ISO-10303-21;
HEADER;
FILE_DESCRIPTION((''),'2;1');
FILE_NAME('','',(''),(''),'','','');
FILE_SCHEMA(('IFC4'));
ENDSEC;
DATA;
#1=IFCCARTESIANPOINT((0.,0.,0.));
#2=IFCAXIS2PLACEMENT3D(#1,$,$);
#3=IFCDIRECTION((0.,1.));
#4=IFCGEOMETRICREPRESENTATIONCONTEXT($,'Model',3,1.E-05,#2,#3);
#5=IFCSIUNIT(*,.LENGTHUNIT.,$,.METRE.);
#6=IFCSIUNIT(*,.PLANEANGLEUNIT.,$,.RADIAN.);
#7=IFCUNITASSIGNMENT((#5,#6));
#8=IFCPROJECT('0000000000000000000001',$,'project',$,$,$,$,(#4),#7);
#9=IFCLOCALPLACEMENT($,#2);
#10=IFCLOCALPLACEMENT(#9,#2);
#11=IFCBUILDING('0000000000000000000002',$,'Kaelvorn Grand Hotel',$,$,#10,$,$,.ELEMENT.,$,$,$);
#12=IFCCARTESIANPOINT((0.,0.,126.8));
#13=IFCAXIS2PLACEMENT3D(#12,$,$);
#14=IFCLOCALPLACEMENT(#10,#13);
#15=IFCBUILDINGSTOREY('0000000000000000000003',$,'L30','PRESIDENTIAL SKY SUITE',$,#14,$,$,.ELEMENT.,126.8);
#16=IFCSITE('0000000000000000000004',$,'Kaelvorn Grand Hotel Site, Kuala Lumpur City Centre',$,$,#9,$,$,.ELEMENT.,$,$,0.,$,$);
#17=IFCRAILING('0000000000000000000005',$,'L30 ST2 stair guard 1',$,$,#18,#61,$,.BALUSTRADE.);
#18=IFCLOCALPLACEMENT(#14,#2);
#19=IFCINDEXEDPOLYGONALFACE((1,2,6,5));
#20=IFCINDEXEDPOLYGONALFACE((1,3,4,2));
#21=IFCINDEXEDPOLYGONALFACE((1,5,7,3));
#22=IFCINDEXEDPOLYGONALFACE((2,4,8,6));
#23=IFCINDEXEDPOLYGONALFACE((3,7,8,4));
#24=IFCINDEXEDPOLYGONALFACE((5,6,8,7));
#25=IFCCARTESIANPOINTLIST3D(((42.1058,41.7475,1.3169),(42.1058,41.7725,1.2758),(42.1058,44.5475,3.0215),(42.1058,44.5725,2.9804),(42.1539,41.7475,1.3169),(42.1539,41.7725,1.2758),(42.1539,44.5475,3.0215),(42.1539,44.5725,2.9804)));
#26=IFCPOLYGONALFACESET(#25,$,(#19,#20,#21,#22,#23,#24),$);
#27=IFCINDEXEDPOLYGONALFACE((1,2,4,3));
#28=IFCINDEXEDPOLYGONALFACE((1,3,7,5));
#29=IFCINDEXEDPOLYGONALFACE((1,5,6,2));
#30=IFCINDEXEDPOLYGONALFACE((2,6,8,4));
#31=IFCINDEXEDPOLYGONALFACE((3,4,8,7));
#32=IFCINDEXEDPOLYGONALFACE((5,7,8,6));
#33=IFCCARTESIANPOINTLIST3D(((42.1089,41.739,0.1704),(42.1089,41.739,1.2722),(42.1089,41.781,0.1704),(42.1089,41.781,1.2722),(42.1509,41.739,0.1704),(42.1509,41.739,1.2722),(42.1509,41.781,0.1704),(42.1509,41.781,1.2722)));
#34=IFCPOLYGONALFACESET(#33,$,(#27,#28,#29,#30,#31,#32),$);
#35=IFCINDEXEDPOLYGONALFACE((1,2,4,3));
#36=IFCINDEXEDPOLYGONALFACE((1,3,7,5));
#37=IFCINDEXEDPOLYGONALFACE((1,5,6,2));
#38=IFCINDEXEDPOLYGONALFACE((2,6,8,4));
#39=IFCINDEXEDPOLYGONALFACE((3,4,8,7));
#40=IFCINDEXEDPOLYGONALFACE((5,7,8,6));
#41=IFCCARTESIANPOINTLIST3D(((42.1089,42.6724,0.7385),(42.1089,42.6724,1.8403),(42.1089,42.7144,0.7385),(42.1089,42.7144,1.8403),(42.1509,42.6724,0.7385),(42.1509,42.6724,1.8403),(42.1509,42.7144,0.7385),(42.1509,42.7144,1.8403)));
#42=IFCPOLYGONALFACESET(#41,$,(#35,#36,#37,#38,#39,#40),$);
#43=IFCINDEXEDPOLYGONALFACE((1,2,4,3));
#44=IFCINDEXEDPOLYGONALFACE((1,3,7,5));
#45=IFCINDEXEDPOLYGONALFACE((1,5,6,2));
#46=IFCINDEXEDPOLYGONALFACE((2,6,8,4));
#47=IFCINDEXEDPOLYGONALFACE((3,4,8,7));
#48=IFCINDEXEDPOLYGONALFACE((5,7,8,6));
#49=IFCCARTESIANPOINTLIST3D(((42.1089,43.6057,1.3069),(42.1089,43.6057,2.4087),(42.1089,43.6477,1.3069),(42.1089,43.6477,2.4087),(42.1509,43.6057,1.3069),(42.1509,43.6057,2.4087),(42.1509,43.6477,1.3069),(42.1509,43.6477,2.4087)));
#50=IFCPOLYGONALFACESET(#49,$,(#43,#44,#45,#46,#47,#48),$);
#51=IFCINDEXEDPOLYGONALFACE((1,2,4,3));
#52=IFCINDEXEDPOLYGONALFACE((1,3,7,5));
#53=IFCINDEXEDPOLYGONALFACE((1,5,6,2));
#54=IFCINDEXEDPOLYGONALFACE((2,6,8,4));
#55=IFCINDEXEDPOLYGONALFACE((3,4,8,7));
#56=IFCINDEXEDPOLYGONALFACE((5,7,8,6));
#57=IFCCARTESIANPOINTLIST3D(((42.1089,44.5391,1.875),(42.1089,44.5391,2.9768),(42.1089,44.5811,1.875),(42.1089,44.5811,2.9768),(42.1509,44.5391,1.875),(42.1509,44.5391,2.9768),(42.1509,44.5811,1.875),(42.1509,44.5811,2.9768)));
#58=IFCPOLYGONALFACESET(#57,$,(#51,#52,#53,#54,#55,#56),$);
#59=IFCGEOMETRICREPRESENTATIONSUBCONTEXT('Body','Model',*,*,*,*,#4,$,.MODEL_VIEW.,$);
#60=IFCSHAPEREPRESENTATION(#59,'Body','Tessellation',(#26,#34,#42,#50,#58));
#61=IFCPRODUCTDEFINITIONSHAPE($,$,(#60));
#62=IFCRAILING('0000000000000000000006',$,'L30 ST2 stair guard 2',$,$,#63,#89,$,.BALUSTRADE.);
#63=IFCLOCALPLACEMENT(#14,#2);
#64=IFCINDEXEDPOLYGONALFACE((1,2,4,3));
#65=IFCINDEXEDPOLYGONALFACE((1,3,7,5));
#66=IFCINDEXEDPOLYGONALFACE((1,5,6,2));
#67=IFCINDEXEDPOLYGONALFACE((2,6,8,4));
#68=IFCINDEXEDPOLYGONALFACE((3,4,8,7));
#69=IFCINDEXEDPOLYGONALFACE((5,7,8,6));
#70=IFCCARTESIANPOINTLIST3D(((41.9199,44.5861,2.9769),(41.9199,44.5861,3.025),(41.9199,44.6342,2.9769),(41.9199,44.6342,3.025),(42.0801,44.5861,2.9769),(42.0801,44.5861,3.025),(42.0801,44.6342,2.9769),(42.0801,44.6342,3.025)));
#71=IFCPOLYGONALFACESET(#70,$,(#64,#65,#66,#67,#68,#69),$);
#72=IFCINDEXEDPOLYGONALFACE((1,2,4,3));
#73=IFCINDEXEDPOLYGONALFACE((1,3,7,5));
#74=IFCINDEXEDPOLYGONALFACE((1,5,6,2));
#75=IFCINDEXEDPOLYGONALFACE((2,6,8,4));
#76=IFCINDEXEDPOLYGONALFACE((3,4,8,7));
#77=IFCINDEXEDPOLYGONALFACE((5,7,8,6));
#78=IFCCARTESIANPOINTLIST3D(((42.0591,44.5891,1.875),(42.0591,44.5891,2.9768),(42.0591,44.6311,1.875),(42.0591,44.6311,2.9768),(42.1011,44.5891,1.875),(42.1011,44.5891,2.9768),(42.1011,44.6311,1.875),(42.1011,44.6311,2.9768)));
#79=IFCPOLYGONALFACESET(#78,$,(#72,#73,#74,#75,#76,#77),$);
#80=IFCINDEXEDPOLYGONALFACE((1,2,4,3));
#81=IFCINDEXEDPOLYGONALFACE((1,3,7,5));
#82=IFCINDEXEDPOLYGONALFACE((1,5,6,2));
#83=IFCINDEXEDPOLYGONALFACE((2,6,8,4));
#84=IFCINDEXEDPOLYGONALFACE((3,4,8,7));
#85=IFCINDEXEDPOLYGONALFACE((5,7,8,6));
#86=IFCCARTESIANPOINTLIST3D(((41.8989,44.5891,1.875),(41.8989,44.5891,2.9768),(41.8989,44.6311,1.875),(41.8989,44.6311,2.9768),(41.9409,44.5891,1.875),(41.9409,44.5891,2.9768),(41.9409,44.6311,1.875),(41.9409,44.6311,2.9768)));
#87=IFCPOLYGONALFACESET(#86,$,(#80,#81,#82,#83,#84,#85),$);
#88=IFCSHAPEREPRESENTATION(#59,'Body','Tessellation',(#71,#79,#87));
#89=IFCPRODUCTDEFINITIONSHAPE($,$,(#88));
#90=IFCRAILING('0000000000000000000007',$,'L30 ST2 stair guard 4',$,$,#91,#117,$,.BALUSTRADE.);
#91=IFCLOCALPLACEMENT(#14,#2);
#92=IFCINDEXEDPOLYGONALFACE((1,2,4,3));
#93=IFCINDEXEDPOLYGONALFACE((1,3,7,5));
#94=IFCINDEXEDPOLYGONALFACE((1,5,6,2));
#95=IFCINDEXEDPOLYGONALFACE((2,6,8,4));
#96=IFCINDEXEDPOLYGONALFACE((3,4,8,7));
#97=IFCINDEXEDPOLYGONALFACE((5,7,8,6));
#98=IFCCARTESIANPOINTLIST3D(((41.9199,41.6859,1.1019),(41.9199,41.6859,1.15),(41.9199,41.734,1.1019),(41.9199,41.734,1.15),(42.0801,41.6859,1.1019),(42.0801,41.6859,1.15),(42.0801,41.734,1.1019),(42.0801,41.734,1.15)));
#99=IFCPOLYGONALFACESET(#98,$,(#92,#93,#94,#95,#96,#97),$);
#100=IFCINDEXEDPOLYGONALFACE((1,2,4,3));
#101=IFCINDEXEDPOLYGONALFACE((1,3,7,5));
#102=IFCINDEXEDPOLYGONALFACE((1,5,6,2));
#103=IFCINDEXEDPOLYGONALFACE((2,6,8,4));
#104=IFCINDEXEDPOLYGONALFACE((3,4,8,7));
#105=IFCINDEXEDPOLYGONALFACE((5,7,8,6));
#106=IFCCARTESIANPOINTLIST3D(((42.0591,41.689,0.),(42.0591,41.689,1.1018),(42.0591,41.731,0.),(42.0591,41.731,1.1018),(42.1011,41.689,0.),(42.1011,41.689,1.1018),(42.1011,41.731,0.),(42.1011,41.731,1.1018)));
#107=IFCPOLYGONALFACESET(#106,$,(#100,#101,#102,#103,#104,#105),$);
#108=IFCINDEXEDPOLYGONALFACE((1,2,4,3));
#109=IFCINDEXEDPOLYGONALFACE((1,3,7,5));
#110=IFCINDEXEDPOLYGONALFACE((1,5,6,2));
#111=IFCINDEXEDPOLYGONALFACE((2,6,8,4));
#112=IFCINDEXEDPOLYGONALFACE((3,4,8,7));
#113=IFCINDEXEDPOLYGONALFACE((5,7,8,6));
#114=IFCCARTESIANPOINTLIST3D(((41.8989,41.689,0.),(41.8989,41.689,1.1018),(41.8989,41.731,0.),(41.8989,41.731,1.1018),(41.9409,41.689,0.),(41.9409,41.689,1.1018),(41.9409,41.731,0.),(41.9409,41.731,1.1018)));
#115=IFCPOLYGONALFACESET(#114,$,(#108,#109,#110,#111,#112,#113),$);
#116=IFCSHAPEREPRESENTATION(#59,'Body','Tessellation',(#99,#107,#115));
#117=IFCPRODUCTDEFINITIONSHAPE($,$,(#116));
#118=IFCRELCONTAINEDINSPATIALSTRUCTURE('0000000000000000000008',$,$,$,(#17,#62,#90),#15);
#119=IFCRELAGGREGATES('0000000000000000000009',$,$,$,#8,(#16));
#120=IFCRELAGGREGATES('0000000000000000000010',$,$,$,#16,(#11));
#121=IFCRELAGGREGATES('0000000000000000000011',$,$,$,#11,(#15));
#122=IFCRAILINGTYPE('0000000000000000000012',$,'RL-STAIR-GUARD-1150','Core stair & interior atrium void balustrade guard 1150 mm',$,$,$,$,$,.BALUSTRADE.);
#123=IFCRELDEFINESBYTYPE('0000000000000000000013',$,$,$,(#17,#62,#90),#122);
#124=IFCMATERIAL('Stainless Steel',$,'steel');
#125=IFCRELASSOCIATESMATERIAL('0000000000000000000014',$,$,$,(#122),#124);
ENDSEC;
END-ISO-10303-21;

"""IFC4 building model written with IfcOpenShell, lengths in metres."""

from ifc_helpers import new_model, si_unit, direction, frame, origin, origin_2d, place, context, subcontext, project, spatial, rectangle, extrude, material, type_object, element, save


model = new_model("IFC4")

# Units and contexts
model_context = context("Model", 3, precision=1e-05, world=origin(), true_north=direction((0.0, 1.0)))
body_context = subcontext(model_context, "Body", "Model", "MODEL_VIEW")
ifc_project = project(units=[si_unit("LENGTHUNIT", "METRE"), si_unit("PLANEANGLEUNIT", "RADIAN")], contexts=[model_context])

# Site, building, storey
site_placement = place(None, origin())
site = spatial("IfcSite", under=ifc_project, at=site_placement, Name="Kaelvorn Grand Hotel Site, Kuala Lumpur City Centre", CompositionType="ELEMENT", RefElevation=0.0)
building_placement = place(site_placement, origin())
building = spatial("IfcBuilding", under=site, at=building_placement, Name="Kaelvorn Grand Hotel", CompositionType="ELEMENT")
storey_placement = place(building_placement, frame((0.0, 0.0, 126.8)))
storey = spatial("IfcBuildingStorey", under=building, at=storey_placement, Name="L30", Description="PRESIDENTIAL SKY SUITE", CompositionType="ELEMENT", Elevation=126.8)

# Railings
ifc_material_1 = material(Name="Stainless Steel", Category="steel")
railing_type_1 = type_object("IfcRailingType", Name="RL-STAIR-GUARD-1150", Description="Core stair & interior atrium void balustrade guard 1150 mm", PredefinedType="BALUSTRADE", material=ifc_material_1)
railing_1_placement = place(storey_placement, frame((42.1299, 41.76, 0.1704)))
element("IfcRailing", 1, at=railing_1_placement, inside=storey, type_object=railing_type_1, Name="L30 ST2 stair guard 1", PredefinedType="BALUSTRADE", context=body_context, shape_type="SweptSolid", body=[
    extrude(rectangle(XDim=0.0481, YDim=0.0481, at=origin_2d()), frame((0.0, 0.0, 1.126), z_axis=(0.0, 0.85417, 0.519994), x_axis=(-1.0, 0.0, 0.0)), (0.0, 0.0, 1.0), 3.2781),
    extrude(rectangle(XDim=0.042, YDim=0.042, at=origin_2d()), origin(), (0.0, 0.0, 1.0), 1.1018),
    extrude(rectangle(XDim=0.042, YDim=0.042, at=origin_2d()), frame((0.0, 0.9333, 0.5681)), (0.0, 0.0, 1.0), 1.1018),
    extrude(rectangle(XDim=0.042, YDim=0.042, at=origin_2d()), frame((0.0, 1.8667, 1.1365)), (0.0, 0.0, 1.0), 1.1018),
    extrude(rectangle(XDim=0.042, YDim=0.042, at=origin_2d()), frame((0.0, 2.8, 1.7046)), (0.0, 0.0, 1.0), 1.1018),
])
for number, where, name in (
    (2, (42.0801, 44.6101, 1.875), "L30 ST2 stair guard 2"),
    (3, (42.0801, 41.71, 0.0), "L30 ST2 stair guard 4"),
):
    element("IfcRailing", number, at=place(storey_placement, frame(where)), inside=storey, type_object=railing_type_1, Name=name, PredefinedType="BALUSTRADE", context=body_context, shape_type="SweptSolid", body=[
        extrude(rectangle(XDim=0.0481, YDim=0.0481, at=origin_2d()), frame((0.0, 0.0, 1.126), z_axis=(-1.0, 0.0, 0.0), x_axis=(0.0, -1.0, 0.0)), (0.0, 0.0, 1.0), 0.1602),
        extrude(rectangle(XDim=0.042, YDim=0.042, at=origin_2d()), origin(), (0.0, 0.0, 1.0), 1.1018),
        extrude(rectangle(XDim=0.042, YDim=0.042, at=origin_2d()), frame((-0.1602, 0.0, 0.0)), (0.0, 0.0, 1.0), 1.1018),
    ])

save(model, "model.ifc")
